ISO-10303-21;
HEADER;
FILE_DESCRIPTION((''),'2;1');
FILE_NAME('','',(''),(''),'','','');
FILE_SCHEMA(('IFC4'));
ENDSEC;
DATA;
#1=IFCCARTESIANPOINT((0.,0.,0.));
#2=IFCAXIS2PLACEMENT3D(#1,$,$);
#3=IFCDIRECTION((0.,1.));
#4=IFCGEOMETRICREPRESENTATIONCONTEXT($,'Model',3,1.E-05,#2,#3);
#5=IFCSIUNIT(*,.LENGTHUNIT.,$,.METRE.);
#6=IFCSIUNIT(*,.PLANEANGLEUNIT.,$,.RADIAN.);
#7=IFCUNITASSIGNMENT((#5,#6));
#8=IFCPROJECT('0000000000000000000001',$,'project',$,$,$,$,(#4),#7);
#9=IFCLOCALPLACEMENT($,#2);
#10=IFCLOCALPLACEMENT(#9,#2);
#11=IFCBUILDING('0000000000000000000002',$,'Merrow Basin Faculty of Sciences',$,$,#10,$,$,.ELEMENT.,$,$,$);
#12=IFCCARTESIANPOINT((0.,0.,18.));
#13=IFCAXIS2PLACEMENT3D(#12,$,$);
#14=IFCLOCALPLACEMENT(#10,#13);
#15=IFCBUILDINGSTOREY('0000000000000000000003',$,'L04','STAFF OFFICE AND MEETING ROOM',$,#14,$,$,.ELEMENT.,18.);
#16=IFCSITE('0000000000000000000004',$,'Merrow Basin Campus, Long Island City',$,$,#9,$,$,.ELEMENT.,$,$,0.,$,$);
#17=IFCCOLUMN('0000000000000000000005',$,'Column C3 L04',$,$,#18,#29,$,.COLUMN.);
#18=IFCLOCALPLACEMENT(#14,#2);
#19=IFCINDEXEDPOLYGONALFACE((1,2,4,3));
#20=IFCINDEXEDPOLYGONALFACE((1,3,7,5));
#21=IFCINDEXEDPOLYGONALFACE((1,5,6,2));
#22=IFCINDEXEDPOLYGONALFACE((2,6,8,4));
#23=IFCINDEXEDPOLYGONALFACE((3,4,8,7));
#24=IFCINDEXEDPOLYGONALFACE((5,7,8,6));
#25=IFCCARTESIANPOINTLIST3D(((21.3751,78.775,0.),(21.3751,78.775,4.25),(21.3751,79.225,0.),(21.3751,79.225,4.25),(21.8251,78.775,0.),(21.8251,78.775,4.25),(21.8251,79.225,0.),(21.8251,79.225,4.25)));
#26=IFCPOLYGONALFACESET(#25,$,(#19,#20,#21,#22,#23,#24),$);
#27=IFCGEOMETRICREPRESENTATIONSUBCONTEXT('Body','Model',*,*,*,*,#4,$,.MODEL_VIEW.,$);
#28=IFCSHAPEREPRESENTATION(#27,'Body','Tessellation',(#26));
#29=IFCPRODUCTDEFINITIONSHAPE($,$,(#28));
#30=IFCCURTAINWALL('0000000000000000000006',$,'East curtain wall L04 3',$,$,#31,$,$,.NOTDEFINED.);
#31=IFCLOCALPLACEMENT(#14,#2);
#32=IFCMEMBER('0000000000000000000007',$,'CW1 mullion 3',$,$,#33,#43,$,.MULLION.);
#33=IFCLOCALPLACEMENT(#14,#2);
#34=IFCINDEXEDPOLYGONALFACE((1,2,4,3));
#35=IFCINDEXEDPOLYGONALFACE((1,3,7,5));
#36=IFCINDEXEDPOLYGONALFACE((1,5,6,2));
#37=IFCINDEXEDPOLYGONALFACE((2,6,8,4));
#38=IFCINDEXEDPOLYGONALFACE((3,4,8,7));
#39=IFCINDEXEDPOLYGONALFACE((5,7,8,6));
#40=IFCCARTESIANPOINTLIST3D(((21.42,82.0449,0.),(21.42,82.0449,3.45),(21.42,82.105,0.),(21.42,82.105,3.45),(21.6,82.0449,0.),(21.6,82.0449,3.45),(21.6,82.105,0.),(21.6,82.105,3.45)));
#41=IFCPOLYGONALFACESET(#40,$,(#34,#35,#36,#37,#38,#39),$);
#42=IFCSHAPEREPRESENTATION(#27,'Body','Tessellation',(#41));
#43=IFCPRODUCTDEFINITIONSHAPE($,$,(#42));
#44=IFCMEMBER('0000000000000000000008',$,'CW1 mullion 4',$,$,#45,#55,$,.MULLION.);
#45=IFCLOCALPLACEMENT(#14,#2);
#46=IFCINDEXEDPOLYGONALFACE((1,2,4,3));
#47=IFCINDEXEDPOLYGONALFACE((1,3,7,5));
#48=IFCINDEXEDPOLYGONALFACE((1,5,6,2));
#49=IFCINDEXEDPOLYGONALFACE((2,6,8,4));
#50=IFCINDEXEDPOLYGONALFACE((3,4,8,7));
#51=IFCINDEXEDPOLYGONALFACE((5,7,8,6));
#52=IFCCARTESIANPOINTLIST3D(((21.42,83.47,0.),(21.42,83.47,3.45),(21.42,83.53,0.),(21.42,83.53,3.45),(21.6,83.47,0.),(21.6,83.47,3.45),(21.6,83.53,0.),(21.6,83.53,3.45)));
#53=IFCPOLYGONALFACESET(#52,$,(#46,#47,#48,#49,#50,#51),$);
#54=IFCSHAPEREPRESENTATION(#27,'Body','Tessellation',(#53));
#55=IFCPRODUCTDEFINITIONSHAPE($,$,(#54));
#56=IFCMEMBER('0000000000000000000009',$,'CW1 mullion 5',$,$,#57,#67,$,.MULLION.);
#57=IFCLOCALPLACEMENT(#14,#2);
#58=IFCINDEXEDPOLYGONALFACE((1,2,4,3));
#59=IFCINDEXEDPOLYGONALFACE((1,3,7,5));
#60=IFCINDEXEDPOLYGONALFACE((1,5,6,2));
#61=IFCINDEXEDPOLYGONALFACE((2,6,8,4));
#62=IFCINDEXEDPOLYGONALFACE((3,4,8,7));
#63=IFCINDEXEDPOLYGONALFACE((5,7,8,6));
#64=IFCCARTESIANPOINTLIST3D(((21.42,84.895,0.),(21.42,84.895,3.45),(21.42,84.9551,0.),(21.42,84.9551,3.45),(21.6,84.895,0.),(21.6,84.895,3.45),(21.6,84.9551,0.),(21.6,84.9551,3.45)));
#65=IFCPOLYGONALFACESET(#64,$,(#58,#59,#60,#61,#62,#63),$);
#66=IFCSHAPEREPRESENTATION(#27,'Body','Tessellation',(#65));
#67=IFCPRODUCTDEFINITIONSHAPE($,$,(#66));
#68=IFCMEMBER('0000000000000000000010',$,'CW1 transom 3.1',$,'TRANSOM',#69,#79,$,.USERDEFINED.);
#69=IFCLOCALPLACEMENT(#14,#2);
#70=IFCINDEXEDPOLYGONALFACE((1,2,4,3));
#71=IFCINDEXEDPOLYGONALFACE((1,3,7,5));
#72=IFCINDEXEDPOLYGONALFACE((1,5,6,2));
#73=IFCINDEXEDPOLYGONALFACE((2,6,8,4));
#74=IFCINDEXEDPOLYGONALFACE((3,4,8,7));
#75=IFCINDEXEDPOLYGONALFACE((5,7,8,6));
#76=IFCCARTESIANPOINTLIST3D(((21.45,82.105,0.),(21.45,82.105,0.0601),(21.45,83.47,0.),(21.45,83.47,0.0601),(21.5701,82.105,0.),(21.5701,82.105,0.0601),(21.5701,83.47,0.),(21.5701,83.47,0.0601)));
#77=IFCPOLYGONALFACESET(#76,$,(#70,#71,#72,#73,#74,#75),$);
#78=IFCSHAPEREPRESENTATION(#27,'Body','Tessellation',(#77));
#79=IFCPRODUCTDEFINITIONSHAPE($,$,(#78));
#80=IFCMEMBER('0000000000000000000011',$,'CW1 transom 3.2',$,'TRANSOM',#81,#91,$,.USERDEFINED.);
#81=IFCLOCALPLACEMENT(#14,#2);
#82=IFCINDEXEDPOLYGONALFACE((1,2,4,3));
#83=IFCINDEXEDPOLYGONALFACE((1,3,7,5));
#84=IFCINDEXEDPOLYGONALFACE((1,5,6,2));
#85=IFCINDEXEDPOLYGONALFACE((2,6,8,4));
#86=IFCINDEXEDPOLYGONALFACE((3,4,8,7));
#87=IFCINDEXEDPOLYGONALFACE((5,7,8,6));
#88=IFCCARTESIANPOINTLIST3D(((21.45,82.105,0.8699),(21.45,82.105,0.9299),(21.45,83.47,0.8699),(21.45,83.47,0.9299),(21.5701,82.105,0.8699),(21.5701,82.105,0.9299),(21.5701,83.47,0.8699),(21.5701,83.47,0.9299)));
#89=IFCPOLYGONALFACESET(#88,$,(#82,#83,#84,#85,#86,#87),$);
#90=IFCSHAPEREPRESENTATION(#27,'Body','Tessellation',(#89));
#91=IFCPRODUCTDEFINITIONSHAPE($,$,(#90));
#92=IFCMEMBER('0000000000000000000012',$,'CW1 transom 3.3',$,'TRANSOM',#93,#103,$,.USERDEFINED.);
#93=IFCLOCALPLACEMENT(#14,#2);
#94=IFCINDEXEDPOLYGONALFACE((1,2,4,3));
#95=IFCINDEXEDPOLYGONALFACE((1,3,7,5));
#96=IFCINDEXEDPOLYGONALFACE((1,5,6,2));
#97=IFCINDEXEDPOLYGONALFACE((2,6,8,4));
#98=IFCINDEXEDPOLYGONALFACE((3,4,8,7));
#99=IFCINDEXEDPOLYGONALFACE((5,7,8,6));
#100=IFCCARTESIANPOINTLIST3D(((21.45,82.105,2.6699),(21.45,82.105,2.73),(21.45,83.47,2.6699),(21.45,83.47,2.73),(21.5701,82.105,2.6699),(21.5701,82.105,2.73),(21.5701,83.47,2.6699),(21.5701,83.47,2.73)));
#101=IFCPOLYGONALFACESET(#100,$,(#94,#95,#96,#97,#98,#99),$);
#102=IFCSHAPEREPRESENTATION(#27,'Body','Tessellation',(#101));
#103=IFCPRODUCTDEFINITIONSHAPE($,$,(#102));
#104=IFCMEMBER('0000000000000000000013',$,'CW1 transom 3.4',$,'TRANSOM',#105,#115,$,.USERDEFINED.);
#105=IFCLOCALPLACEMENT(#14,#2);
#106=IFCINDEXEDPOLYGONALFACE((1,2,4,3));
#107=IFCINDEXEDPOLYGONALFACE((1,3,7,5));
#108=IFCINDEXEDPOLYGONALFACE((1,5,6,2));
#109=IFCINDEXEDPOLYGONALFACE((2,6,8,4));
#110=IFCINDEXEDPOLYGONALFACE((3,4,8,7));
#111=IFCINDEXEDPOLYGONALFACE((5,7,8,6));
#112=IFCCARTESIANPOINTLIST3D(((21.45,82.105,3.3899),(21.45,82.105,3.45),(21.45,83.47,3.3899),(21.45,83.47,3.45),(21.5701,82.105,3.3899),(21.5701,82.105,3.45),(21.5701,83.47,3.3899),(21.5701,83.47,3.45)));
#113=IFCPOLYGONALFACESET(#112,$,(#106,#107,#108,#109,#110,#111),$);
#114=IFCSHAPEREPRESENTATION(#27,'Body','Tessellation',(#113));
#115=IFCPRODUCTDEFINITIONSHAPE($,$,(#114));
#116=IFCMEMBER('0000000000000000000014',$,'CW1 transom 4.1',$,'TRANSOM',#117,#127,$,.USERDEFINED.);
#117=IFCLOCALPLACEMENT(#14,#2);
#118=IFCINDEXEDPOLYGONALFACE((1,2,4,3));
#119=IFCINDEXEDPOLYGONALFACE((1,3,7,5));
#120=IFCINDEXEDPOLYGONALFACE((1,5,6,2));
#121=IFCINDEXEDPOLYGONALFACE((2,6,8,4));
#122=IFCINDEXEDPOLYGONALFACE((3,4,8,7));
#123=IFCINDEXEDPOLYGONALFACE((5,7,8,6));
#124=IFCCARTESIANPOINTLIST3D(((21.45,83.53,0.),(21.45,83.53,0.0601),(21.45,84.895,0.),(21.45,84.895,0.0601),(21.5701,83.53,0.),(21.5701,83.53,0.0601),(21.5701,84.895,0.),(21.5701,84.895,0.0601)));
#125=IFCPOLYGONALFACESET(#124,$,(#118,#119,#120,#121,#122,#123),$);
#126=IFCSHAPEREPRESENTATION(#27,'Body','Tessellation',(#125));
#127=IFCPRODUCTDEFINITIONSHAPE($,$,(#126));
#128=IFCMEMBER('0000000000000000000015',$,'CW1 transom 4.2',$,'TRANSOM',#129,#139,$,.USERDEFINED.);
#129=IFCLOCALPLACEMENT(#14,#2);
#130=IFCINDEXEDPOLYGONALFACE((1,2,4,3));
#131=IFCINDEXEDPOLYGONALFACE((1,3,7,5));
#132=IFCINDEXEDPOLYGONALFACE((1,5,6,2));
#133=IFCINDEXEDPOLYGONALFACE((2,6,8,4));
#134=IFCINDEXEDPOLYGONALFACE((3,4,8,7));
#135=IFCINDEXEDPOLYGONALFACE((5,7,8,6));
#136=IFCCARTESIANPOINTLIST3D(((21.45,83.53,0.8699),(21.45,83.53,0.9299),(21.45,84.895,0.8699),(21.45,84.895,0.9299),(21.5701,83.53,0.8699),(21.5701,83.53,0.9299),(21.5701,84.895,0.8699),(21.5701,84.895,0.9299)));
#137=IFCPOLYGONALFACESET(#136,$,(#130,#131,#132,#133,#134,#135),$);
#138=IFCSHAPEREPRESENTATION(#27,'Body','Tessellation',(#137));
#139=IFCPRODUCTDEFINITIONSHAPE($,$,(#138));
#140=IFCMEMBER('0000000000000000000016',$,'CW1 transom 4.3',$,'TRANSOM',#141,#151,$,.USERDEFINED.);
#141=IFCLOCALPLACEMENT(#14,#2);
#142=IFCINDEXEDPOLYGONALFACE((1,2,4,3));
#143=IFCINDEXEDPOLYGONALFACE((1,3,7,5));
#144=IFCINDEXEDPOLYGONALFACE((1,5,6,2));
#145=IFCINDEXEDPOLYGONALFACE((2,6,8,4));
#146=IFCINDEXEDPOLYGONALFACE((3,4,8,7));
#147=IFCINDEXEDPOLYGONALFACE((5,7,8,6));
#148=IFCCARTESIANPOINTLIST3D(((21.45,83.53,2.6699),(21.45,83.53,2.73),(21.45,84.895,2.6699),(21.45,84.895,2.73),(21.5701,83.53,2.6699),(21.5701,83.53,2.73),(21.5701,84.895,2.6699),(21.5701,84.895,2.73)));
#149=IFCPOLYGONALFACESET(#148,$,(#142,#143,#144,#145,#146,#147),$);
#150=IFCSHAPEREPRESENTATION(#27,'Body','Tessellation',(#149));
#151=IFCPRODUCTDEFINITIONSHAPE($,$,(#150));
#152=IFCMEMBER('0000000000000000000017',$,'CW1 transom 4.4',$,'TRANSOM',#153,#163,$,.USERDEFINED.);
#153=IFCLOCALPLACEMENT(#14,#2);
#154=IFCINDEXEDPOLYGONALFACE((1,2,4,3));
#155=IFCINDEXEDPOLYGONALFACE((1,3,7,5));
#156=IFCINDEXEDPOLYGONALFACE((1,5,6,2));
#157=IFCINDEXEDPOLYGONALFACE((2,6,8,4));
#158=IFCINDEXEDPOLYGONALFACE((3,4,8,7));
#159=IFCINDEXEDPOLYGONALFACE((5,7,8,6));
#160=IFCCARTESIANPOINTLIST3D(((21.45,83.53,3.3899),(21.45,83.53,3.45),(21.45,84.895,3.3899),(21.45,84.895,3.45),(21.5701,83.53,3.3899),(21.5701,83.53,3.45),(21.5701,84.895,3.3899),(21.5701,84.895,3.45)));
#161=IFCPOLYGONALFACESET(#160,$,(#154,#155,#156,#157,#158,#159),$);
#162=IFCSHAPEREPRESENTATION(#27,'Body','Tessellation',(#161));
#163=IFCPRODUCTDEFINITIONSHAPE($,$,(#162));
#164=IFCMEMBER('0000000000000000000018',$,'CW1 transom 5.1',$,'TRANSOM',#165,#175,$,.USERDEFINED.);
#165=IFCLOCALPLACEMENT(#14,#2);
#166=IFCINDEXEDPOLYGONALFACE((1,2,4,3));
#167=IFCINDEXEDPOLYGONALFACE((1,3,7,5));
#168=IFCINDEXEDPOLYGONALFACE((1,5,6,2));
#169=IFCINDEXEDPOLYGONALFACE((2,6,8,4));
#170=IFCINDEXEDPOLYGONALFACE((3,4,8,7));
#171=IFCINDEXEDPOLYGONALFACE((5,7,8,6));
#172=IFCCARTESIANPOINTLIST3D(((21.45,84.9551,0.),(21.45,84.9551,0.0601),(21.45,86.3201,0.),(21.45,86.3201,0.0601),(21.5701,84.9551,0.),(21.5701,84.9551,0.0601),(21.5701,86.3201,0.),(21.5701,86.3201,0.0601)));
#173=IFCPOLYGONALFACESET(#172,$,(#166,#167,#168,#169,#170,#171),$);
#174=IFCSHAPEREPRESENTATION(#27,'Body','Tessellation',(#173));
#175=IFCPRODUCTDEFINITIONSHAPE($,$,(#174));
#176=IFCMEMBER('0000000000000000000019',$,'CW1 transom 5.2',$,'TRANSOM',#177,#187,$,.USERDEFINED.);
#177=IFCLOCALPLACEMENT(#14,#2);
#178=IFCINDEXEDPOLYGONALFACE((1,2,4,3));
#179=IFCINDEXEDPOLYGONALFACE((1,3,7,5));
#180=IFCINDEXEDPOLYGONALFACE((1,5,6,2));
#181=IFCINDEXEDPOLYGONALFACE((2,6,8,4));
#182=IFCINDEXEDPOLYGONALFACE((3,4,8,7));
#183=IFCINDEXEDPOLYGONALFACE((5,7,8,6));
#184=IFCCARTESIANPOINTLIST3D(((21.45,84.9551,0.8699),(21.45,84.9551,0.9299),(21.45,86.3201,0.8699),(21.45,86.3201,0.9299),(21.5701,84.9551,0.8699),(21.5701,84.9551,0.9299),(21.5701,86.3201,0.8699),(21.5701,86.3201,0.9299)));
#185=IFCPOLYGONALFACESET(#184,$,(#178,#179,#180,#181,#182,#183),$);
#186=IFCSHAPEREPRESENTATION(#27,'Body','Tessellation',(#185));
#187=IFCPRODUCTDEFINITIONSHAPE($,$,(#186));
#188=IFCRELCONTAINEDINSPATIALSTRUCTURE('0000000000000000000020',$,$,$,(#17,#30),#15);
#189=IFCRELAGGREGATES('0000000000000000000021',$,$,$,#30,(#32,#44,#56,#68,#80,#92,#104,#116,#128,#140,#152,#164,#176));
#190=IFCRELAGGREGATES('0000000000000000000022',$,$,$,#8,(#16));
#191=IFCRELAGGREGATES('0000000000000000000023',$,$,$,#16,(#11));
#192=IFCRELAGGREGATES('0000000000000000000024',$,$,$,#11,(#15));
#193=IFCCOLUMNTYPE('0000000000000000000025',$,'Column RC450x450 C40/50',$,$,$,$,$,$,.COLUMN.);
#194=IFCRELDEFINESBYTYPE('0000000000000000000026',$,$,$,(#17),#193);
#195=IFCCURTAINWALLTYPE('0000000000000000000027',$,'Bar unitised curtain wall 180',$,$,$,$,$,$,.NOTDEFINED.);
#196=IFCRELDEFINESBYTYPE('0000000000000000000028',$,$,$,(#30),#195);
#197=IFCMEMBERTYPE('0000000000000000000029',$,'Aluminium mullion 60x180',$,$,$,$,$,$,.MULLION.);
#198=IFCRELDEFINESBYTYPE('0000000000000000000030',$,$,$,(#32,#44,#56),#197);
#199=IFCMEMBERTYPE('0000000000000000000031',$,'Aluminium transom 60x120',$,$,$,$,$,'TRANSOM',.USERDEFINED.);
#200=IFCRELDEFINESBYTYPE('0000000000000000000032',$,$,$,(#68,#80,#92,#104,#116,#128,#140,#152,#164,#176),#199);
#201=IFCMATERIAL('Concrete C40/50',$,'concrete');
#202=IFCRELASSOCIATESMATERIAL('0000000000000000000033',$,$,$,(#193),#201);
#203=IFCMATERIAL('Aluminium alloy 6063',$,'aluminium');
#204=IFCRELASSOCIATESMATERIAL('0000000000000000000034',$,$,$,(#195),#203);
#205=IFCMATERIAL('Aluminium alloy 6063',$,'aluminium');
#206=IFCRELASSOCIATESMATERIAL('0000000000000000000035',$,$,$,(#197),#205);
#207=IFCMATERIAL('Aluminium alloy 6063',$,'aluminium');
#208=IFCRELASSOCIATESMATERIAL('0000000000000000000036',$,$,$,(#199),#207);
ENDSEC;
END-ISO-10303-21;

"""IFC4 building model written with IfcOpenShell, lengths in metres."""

from ifc_helpers import new_model, si_unit, direction, frame, origin, origin_2d, place, context, subcontext, project, spatial, rectangle, extrude, material, material_profile, profile_set, type_object, element, aggregate, save


model = new_model("IFC4")

# Units and contexts
model_context = context("Model", 3, precision=1e-05, world=origin(), true_north=direction((0.0, 1.0)))
body_context = subcontext(model_context, "Body", "Model", "MODEL_VIEW")
ifc_project = project(units=[si_unit("LENGTHUNIT", "METRE"), si_unit("PLANEANGLEUNIT", "RADIAN")], contexts=[model_context])

# Site, building, storey
site_placement = place(None, origin())
site = spatial("IfcSite", under=ifc_project, at=site_placement, Name="Merrow Basin Campus, Long Island City", CompositionType="ELEMENT", RefElevation=0.0)
building_placement = place(site_placement, origin())
building = spatial("IfcBuilding", under=site, at=building_placement, Name="Merrow Basin Faculty of Sciences", CompositionType="ELEMENT")
storey_placement = place(building_placement, frame((0.0, 0.0, 18.0)))
storey = spatial("IfcBuildingStorey", under=building, at=storey_placement, Name="L04", Description="STAFF OFFICE AND MEETING ROOM", CompositionType="ELEMENT", Elevation=18.0)

# Column
ifc_material_1 = material(Name="Concrete C40/50", Category="concrete")
ifc_material_profile_1 = material_profile(ifc_material_1, rectangle(XDim=0.45, YDim=0.45, at=origin_2d()))
ifc_profile_set_1 = profile_set([ifc_material_profile_1], Name="Concrete C40/50")
column_type = type_object("IfcColumnType", Name="Column RC450x450 C40/50", PredefinedType="COLUMN", material=ifc_profile_set_1)
column_placement = place(storey_placement, frame((21.6001, 79.0, 0.0), z_axis=(0.0, 0.0, 1.0), x_axis=(1.0, 0.0, 0.0)))
element("IfcColumn", 1, at=column_placement, inside=storey, type_object=column_type, Name="Column C3 L04", PredefinedType="COLUMN", context=body_context, shape_type="SweptSolid", body=[
    extrude(rectangle(XDim=0.45, YDim=0.45, at=origin_2d()), origin(), (0.0, 0.0, 1.0), 4.25),
])

# Curtain wall, members
ifc_material_2 = material(Name="Aluminium alloy 6063", Category="aluminium")
curtain_wall_type = type_object("IfcCurtainWallType", Name="Bar unitised curtain wall 180", PredefinedType="NOTDEFINED", material=ifc_material_2)
curtain_wall_placement = place(storey_placement, origin())
curtain_wall = element("IfcCurtainWall", 2, at=curtain_wall_placement, inside=storey, type_object=curtain_wall_type, Name="East curtain wall L04 3", PredefinedType="NOTDEFINED")
ifc_material_3 = material(Name="Aluminium alloy 6063", Category="aluminium")
ifc_material_profile_2 = material_profile(ifc_material_3, rectangle(XDim=0.1799, YDim=0.0601, at=origin_2d()))
ifc_profile_set_2 = profile_set([ifc_material_profile_2], Name="Aluminium alloy 6063")
member_type_1 = type_object("IfcMemberType", Name="Aluminium mullion 60x180", PredefinedType="MULLION", material=ifc_profile_set_2)
member_1_placement = place(storey_placement, frame((21.51, 82.075, 0.0), z_axis=(0.0, 0.0, 1.0), x_axis=(-1.0, 0.0, 0.0)))
member_1 = element("IfcMember", 3, at=member_1_placement, type_object=member_type_1, Name="CW1 mullion 3", PredefinedType="MULLION", context=body_context, shape_type="SweptSolid", body=[
    extrude(rectangle(XDim=0.1799, YDim=0.0601, at=origin_2d()), origin(), (0.0, 0.0, 1.0), 3.45),
])
member_2_placement = place(storey_placement, frame((21.51, 83.5, 0.0), z_axis=(0.0, 0.0, 1.0), x_axis=(-1.0, 0.0, 0.0)))
member_2 = element("IfcMember", 4, at=member_2_placement, type_object=member_type_1, Name="CW1 mullion 4", PredefinedType="MULLION", context=body_context, shape_type="SweptSolid", body=[
    extrude(rectangle(XDim=0.1799, YDim=0.0601, at=origin_2d()), origin(), (0.0, 0.0, 1.0), 3.45),
])
member_3_placement = place(storey_placement, frame((21.51, 84.925, 0.0), z_axis=(0.0, 0.0, 1.0), x_axis=(-1.0, 0.0, 0.0)))
member_3 = element("IfcMember", 5, at=member_3_placement, type_object=member_type_1, Name="CW1 mullion 5", PredefinedType="MULLION", context=body_context, shape_type="SweptSolid", body=[
    extrude(rectangle(XDim=0.1799, YDim=0.0601, at=origin_2d()), origin(), (0.0, 0.0, 1.0), 3.45),
])
ifc_material_4 = material(Name="Aluminium alloy 6063", Category="aluminium")
ifc_material_profile_3 = material_profile(ifc_material_4, rectangle(XDim=0.1201, YDim=0.0601, at=origin_2d()))
ifc_profile_set_3 = profile_set([ifc_material_profile_3], Name="Aluminium alloy 6063")
member_type_2 = type_object("IfcMemberType", Name="Aluminium transom 60x120", ElementType="TRANSOM", PredefinedType="USERDEFINED", material=ifc_profile_set_3)
member_4_placement = place(storey_placement, frame((21.51, 82.105, 0.03), z_axis=(0.0, 1.0, 0.0), x_axis=(-1.0, 0.0, 0.0)))
member_4 = element("IfcMember", 6, at=member_4_placement, type_object=member_type_2, Name="CW1 transom 3.1", ObjectType="TRANSOM", PredefinedType="USERDEFINED", context=body_context, shape_type="SweptSolid", body=[
    extrude(rectangle(XDim=0.1201, YDim=0.0601, at=origin_2d()), origin(), (0.0, 0.0, 1.0), 1.365),
])
member_5_placement = place(storey_placement, frame((21.51, 82.105, 0.8999), z_axis=(0.0, 1.0, 0.0), x_axis=(-1.0, 0.0, 0.0)))
member_5 = element("IfcMember", 7, at=member_5_placement, type_object=member_type_2, Name="CW1 transom 3.2", ObjectType="TRANSOM", PredefinedType="USERDEFINED", context=body_context, shape_type="SweptSolid", body=[
    extrude(rectangle(XDim=0.1201, YDim=0.0601, at=origin_2d()), origin(), (0.0, 0.0, 1.0), 1.365),
])
member_6_placement = place(storey_placement, frame((21.51, 82.105, 2.7), z_axis=(0.0, 1.0, 0.0), x_axis=(-1.0, 0.0, 0.0)))
member_6 = element("IfcMember", 8, at=member_6_placement, type_object=member_type_2, Name="CW1 transom 3.3", ObjectType="TRANSOM", PredefinedType="USERDEFINED", context=body_context, shape_type="SweptSolid", body=[
    extrude(rectangle(XDim=0.1201, YDim=0.0601, at=origin_2d()), origin(), (0.0, 0.0, 1.0), 1.365),
])
member_7_placement = place(storey_placement, frame((21.51, 82.105, 3.4199), z_axis=(0.0, 1.0, 0.0), x_axis=(-1.0, 0.0, 0.0)))
member_7 = element("IfcMember", 9, at=member_7_placement, type_object=member_type_2, Name="CW1 transom 3.4", ObjectType="TRANSOM", PredefinedType="USERDEFINED", context=body_context, shape_type="SweptSolid", body=[
    extrude(rectangle(XDim=0.1201, YDim=0.0601, at=origin_2d()), origin(), (0.0, 0.0, 1.0), 1.365),
])
member_8_placement = place(storey_placement, frame((21.51, 83.53, 0.03), z_axis=(0.0, 1.0, 0.0), x_axis=(-1.0, 0.0, 0.0)))
member_8 = element("IfcMember", 10, at=member_8_placement, type_object=member_type_2, Name="CW1 transom 4.1", ObjectType="TRANSOM", PredefinedType="USERDEFINED", context=body_context, shape_type="SweptSolid", body=[
    extrude(rectangle(XDim=0.1201, YDim=0.0601, at=origin_2d()), origin(), (0.0, 0.0, 1.0), 1.365),
])
member_9_placement = place(storey_placement, frame((21.51, 83.53, 0.8999), z_axis=(0.0, 1.0, 0.0), x_axis=(-1.0, 0.0, 0.0)))
member_9 = element("IfcMember", 11, at=member_9_placement, type_object=member_type_2, Name="CW1 transom 4.2", ObjectType="TRANSOM", PredefinedType="USERDEFINED", context=body_context, shape_type="SweptSolid", body=[
    extrude(rectangle(XDim=0.1201, YDim=0.0601, at=origin_2d()), origin(), (0.0, 0.0, 1.0), 1.365),
])
member_10_placement = place(storey_placement, frame((21.51, 83.53, 2.7), z_axis=(0.0, 1.0, 0.0), x_axis=(-1.0, 0.0, 0.0)))
member_10 = element("IfcMember", 12, at=member_10_placement, type_object=member_type_2, Name="CW1 transom 4.3", ObjectType="TRANSOM", PredefinedType="USERDEFINED", context=body_context, shape_type="SweptSolid", body=[
    extrude(rectangle(XDim=0.1201, YDim=0.0601, at=origin_2d()), origin(), (0.0, 0.0, 1.0), 1.365),
])
member_11_placement = place(storey_placement, frame((21.51, 83.53, 3.4199), z_axis=(0.0, 1.0, 0.0), x_axis=(-1.0, 0.0, 0.0)))
member_11 = element("IfcMember", 13, at=member_11_placement, type_object=member_type_2, Name="CW1 transom 4.4", ObjectType="TRANSOM", PredefinedType="USERDEFINED", context=body_context, shape_type="SweptSolid", body=[
    extrude(rectangle(XDim=0.1201, YDim=0.0601, at=origin_2d()), origin(), (0.0, 0.0, 1.0), 1.365),
])
member_12_placement = place(storey_placement, frame((21.51, 84.9551, 0.03), z_axis=(0.0, 1.0, 0.0), x_axis=(-1.0, 0.0, 0.0)))
member_12 = element("IfcMember", 14, at=member_12_placement, type_object=member_type_2, Name="CW1 transom 5.1", ObjectType="TRANSOM", PredefinedType="USERDEFINED", context=body_context, shape_type="SweptSolid", body=[
    extrude(rectangle(XDim=0.1201, YDim=0.0601, at=origin_2d()), origin(), (0.0, 0.0, 1.0), 1.365),
])
member_13_placement = place(storey_placement, frame((21.51, 84.9551, 0.8999), z_axis=(0.0, 1.0, 0.0), x_axis=(-1.0, 0.0, 0.0)))
member_13 = element("IfcMember", 15, at=member_13_placement, type_object=member_type_2, Name="CW1 transom 5.2", ObjectType="TRANSOM", PredefinedType="USERDEFINED", context=body_context, shape_type="SweptSolid", body=[
    extrude(rectangle(XDim=0.1201, YDim=0.0601, at=origin_2d()), origin(), (0.0, 0.0, 1.0), 1.365),
])

aggregate(curtain_wall, [member_1, member_2, member_3, member_4, member_5, member_6, member_7, member_8, member_9, member_10, member_11, member_12, member_13])

save(model, "model.ifc")
